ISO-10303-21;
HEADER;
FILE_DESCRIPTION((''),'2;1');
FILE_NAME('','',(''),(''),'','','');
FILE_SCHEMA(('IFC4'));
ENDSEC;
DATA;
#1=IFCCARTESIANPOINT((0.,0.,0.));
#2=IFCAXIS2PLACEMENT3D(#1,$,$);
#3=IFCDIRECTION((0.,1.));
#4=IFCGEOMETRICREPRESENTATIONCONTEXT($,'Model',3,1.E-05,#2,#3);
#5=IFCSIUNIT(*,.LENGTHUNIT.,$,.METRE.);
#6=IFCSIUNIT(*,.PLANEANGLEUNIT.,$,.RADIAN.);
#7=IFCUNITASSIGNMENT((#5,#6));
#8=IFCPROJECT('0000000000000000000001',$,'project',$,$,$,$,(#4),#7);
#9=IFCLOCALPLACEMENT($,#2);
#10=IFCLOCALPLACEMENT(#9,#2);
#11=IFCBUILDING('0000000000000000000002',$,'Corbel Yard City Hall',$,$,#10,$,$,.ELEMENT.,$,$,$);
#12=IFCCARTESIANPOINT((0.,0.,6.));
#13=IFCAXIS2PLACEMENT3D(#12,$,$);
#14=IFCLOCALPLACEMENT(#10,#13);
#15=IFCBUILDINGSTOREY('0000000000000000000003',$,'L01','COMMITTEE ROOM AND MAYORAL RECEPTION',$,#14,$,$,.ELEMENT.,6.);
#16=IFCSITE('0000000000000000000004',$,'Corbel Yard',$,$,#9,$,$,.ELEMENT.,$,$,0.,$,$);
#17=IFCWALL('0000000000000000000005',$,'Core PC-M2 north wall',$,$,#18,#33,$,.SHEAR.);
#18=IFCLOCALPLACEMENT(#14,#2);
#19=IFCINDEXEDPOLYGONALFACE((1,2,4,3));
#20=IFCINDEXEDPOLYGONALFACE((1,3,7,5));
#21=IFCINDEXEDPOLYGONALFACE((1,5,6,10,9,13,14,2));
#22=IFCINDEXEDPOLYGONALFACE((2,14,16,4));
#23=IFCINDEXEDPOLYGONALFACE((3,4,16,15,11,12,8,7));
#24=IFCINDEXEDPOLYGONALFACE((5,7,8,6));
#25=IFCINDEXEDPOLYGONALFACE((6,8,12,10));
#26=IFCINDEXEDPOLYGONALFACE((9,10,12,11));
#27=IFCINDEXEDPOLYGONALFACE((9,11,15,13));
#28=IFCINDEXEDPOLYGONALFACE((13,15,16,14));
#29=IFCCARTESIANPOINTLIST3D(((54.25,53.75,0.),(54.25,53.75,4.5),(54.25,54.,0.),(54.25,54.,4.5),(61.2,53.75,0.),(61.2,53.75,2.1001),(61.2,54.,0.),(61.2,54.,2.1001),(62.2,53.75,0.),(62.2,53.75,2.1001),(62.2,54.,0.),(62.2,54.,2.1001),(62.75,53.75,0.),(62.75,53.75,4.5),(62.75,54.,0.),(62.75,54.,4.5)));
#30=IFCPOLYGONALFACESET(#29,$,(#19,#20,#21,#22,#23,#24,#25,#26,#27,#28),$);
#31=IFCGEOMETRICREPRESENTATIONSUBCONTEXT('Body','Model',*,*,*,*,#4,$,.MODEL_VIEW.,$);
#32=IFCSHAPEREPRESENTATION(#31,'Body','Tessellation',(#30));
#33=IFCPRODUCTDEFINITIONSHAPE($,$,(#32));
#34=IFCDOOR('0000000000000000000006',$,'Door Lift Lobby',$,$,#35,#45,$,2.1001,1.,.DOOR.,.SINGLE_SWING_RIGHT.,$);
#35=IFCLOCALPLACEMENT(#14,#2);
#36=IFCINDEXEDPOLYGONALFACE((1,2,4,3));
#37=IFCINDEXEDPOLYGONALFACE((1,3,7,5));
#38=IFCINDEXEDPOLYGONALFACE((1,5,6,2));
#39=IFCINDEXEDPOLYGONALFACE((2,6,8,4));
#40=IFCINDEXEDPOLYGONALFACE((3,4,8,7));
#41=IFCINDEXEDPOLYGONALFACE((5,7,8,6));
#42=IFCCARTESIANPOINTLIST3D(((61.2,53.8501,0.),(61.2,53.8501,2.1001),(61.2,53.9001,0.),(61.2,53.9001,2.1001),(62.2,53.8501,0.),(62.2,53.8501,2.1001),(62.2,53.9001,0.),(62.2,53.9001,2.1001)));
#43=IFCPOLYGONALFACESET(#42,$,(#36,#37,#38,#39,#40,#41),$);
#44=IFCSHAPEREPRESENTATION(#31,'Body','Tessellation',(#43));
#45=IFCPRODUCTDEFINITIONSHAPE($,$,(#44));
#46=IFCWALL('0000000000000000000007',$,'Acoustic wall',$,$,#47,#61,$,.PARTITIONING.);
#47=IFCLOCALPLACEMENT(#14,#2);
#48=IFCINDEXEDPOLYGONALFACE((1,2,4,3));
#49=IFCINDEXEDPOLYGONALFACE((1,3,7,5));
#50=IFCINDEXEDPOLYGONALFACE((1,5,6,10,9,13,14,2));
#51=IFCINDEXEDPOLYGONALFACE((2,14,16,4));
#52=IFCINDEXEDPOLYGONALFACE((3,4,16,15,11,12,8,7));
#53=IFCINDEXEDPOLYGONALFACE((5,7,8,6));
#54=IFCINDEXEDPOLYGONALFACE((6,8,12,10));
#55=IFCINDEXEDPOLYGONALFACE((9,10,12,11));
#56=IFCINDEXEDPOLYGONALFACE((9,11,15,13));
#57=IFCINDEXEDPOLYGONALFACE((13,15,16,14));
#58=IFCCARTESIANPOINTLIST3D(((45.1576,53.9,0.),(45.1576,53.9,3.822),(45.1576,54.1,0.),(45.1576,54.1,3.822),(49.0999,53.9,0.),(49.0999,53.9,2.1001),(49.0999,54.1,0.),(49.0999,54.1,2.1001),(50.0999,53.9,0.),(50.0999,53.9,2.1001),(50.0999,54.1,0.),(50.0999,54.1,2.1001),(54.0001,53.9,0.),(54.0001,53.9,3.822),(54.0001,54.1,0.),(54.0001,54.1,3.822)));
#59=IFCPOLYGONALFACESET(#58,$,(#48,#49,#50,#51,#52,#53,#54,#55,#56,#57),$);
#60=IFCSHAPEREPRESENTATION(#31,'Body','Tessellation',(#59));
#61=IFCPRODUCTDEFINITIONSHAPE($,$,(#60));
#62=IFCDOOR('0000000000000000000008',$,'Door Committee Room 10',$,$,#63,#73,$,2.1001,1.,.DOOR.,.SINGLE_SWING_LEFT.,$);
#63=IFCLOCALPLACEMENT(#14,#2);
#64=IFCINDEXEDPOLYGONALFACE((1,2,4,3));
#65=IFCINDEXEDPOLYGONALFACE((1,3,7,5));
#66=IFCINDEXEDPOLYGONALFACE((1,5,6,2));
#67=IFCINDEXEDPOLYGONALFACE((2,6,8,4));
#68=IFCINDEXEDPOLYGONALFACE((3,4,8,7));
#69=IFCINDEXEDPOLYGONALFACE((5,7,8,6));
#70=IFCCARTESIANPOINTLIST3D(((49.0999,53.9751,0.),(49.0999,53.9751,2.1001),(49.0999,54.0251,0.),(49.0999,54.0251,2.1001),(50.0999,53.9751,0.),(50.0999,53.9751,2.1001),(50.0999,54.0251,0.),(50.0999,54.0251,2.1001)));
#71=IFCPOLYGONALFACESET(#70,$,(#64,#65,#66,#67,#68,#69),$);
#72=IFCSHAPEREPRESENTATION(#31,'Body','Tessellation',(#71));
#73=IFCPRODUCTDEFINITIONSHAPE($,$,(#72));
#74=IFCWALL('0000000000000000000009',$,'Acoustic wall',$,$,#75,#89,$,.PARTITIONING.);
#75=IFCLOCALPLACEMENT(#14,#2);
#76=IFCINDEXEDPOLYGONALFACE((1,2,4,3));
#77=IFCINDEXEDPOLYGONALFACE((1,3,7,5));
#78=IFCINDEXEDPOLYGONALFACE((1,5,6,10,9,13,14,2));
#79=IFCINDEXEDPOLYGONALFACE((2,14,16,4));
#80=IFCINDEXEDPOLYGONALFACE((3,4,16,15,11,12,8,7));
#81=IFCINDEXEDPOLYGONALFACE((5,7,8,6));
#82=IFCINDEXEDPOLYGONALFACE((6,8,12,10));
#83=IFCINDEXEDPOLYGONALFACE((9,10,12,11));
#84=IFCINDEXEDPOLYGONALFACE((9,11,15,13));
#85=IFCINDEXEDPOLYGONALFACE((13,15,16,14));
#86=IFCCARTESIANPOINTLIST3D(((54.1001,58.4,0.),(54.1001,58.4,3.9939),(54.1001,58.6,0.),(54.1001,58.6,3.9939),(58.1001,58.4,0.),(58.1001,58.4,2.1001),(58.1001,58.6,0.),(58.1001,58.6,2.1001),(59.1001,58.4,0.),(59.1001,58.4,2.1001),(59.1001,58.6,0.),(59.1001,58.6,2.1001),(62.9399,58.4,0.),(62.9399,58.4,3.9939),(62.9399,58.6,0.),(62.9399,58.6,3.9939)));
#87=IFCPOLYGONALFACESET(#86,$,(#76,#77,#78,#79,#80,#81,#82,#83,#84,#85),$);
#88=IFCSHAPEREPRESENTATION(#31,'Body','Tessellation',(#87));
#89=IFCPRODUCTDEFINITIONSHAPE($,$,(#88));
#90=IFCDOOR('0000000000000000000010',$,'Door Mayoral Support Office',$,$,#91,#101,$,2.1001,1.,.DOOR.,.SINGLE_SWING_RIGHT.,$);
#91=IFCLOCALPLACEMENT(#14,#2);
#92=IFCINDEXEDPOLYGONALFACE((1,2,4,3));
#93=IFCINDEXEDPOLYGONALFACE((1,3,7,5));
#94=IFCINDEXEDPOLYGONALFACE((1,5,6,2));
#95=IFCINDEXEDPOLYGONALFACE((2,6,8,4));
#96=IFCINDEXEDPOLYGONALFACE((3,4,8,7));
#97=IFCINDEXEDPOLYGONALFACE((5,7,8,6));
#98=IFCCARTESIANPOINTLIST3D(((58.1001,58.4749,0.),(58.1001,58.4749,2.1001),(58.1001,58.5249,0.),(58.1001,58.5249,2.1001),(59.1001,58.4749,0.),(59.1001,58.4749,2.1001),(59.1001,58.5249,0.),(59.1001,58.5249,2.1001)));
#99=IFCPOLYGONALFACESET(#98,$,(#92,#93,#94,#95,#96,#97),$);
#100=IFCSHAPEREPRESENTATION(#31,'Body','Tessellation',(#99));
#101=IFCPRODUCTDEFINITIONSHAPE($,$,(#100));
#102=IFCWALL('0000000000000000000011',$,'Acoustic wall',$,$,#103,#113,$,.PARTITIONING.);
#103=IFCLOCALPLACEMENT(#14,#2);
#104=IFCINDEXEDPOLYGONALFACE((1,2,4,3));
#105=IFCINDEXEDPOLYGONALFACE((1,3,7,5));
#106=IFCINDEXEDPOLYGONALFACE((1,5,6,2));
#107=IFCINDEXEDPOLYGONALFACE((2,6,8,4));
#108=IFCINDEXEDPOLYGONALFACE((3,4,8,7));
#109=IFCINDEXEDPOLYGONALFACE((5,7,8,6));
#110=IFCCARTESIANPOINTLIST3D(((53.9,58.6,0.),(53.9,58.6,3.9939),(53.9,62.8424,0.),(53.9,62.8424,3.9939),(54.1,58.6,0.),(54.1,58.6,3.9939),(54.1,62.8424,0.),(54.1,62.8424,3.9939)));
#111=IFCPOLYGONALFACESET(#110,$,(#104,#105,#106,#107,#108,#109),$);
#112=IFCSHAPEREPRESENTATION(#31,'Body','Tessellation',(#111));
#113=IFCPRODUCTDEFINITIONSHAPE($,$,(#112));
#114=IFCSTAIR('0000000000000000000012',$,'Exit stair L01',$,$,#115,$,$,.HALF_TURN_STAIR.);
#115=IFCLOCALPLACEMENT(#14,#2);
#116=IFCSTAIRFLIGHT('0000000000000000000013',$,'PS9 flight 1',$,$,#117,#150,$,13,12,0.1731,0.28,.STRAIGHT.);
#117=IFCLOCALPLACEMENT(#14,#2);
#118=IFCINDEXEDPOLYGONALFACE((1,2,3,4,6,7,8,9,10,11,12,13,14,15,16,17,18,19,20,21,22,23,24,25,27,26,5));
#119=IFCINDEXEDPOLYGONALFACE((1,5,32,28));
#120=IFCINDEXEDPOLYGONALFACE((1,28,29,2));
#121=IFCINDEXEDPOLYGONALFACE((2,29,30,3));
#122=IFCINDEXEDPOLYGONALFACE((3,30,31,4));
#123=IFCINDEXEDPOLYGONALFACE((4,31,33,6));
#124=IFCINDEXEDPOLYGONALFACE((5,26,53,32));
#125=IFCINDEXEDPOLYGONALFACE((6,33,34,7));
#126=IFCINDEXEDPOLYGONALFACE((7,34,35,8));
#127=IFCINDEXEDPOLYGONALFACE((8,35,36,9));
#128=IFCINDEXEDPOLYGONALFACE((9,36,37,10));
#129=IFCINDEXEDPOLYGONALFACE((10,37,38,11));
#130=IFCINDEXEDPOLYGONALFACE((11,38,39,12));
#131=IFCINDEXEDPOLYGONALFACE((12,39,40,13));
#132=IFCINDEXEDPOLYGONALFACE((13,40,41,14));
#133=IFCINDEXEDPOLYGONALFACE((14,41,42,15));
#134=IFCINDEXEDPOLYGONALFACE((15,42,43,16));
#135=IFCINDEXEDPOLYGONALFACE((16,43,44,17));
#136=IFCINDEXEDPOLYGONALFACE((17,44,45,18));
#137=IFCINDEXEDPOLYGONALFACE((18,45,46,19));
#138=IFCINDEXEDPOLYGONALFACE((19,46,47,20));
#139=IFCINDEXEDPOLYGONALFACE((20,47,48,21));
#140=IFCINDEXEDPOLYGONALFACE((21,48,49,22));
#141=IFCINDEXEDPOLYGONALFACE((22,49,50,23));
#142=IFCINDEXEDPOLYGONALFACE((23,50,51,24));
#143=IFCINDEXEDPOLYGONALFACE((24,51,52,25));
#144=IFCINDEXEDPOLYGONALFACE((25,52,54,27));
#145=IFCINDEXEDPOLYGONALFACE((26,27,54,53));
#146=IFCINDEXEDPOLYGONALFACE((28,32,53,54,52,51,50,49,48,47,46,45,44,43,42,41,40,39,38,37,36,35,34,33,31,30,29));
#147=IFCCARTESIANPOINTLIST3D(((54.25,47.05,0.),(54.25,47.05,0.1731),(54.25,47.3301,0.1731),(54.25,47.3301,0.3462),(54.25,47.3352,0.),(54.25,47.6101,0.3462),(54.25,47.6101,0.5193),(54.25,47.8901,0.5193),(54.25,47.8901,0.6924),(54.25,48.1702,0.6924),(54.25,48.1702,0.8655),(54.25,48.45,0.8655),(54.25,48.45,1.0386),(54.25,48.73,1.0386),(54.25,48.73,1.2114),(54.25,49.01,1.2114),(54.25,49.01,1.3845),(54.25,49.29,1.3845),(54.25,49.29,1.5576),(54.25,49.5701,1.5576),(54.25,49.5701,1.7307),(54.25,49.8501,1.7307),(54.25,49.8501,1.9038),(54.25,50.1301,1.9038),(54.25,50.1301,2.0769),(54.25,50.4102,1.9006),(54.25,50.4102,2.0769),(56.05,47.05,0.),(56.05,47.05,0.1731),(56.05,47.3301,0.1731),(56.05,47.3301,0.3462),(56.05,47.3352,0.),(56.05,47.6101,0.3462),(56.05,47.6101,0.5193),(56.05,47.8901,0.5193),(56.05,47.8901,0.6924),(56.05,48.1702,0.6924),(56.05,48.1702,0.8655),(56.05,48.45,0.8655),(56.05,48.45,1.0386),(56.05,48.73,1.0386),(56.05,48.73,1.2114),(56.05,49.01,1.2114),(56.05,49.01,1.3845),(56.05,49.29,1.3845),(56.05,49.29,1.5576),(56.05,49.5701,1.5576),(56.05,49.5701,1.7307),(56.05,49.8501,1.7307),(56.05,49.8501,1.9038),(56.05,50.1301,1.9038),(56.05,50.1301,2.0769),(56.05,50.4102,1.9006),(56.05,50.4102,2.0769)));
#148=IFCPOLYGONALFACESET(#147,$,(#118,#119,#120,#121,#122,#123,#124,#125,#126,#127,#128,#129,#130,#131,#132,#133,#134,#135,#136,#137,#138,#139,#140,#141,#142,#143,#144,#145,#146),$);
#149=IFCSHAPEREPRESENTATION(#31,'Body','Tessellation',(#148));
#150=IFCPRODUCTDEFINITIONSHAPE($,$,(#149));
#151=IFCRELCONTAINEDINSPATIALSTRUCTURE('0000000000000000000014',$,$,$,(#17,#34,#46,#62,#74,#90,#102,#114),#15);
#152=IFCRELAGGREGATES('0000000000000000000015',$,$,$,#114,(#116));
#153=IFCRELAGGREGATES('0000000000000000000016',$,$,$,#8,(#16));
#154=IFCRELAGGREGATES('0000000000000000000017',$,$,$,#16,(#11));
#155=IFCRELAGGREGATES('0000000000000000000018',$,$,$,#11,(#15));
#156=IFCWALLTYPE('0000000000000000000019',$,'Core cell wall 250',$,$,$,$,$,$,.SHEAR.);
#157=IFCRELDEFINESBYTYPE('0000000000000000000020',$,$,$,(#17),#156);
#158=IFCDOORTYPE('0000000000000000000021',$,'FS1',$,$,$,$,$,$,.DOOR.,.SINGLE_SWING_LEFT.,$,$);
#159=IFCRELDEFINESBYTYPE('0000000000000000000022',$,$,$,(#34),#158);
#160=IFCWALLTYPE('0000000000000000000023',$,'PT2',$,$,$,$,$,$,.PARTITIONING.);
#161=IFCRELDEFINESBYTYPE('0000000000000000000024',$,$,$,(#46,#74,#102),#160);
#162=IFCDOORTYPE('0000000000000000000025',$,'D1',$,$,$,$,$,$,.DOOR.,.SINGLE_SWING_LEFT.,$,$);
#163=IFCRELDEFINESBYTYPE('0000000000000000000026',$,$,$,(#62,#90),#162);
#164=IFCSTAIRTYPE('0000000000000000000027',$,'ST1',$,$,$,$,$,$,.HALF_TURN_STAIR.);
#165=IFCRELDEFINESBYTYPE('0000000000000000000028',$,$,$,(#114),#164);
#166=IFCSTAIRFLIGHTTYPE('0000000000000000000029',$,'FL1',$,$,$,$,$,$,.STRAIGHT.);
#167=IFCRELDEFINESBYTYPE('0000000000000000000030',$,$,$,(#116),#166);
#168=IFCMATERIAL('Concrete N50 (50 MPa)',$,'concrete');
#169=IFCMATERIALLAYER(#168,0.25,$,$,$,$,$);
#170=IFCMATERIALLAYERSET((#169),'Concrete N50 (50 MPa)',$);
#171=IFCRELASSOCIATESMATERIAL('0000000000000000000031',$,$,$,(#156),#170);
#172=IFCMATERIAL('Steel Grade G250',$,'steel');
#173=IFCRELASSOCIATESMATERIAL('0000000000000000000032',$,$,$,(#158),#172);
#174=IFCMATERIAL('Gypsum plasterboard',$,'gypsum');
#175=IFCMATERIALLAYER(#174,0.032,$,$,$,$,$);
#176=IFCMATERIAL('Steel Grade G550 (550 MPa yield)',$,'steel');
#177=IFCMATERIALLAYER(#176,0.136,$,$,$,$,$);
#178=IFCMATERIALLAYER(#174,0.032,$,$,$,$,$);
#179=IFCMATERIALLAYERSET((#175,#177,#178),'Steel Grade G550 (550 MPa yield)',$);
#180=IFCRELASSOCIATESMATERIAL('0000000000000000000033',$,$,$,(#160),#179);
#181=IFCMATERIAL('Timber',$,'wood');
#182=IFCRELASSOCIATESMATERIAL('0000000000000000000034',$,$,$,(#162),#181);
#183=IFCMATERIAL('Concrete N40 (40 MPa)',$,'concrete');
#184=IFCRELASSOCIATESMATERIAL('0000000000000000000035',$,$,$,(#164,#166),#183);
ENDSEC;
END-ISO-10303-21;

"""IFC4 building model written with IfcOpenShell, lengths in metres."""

from ifc_helpers import new_model, si_unit, direction, frame, frame_2d, origin, place, context, subcontext, project, spatial, polyline, rectangle, outline, extrude, material, layer, layer_set, type_object, element, fill, aggregate, save


model = new_model("IFC4")

# Units and contexts
model_context = context("Model", 3, precision=1e-05, world=origin(), true_north=direction((0.0, 1.0)))
body_context = subcontext(model_context, "Body", "Model", "MODEL_VIEW")
ifc_project = project(units=[si_unit("LENGTHUNIT", "METRE"), si_unit("PLANEANGLEUNIT", "RADIAN")], contexts=[model_context])

# Site, building, storey
site_placement = place(None, origin())
site = spatial("IfcSite", under=ifc_project, at=site_placement, Name="Corbel Yard", CompositionType="ELEMENT", RefElevation=0.0)
building_placement = place(site_placement, origin())
building = spatial("IfcBuilding", under=site, at=building_placement, Name="Corbel Yard City Hall", CompositionType="ELEMENT")
storey_placement = place(building_placement, frame((0.0, 0.0, 6.0)))
storey = spatial("IfcBuildingStorey", under=building, at=storey_placement, Name="L01", Description="COMMITTEE ROOM AND MAYORAL RECEPTION", CompositionType="ELEMENT", Elevation=6.0)

# Shared definitions
ifc_material_1 = material(Name="Concrete N50 (50 MPa)", Category="concrete")
ifc_layer_1 = layer(ifc_material_1, 0.25)
ifc_layer_set_1 = layer_set([ifc_layer_1], Name="Concrete N50 (50 MPa)")
wall_type_1 = type_object("IfcWallType", Name="Core cell wall 250", PredefinedType="SHEAR", material=ifc_layer_set_1)

# Walls, openings, doors
wall_1_placement = place(storey_placement, frame((54.25, 53.875, 0.0), z_axis=(0.0, 0.0, 1.0), x_axis=(1.0, 0.0, 0.0)))
wall_1 = element("IfcWall", 1, at=wall_1_placement, inside=storey, type_object=wall_type_1, Name="Core PC-M2 north wall", PredefinedType="SHEAR", context=body_context, shape_type="SweptSolid", body=[
    extrude(rectangle(XDim=8.5, YDim=0.25, at=frame_2d((4.25, 0.0))), origin(), (0.0, 0.0, 1.0), 4.5),
])
opening_1_placement = place(wall_1_placement, frame((6.95, 0.0, 0.0)))
opening_1 = element("IfcOpeningElement", 2, at=opening_1_placement, cuts=wall_1, PredefinedType="OPENING", context=body_context, shape_type="SweptSolid", body=[
    extrude(rectangle(XDim=1.0, YDim=2.1001, at=frame_2d((0.5, 1.05))), frame((0.0, 0.135, 0.0), z_axis=(0.0, -1.0, 0.0), x_axis=(1.0, 0.0, 0.0)), (0.0, 0.0, 1.0), 0.27),
])
ifc_material_2 = material(Name="Steel Grade G250", Category="steel")
door_type_1 = type_object("IfcDoorType", Name="FS1", OperationType="SINGLE_SWING_LEFT", PredefinedType="DOOR", material=ifc_material_2)
door_1_placement = place(opening_1_placement, frame((1.0, 0.0, 0.0), z_axis=(0.0, 0.0, 1.0), x_axis=(-1.0, 0.0, 0.0)))
door_1 = element("IfcDoor", 3, at=door_1_placement, inside=storey, type_object=door_type_1, Name="Door Lift Lobby", OperationType="SINGLE_SWING_RIGHT", OverallHeight=2.1001, OverallWidth=1.0, PredefinedType="DOOR", context=body_context, shape_type="SweptSolid", body=[
    extrude(rectangle(XDim=1.0, YDim=2.1001, at=frame_2d((0.5, 1.05))), frame((0.0, 0.0249, 0.0), z_axis=(0.0, -1.0, 0.0), x_axis=(1.0, 0.0, 0.0)), (0.0, 0.0, 1.0), 0.05),
])
fill(opening_1, door_1)
ifc_material_3 = material(Name="Gypsum plasterboard", Category="gypsum")
ifc_layer_2 = layer(ifc_material_3, 0.032)
ifc_material_4 = material(Name="Steel Grade G550 (550 MPa yield)", Category="steel")
ifc_layer_3 = layer(ifc_material_4, 0.136)
ifc_layer_4 = layer(ifc_material_3, 0.032)
ifc_layer_set_2 = layer_set([ifc_layer_2, ifc_layer_3, ifc_layer_4], Name="Steel Grade G550 (550 MPa yield)")
wall_type_2 = type_object("IfcWallType", Name="PT2", PredefinedType="PARTITIONING", material=ifc_layer_set_2)
wall_2_placement = place(storey_placement, frame((45.1575, 54.0, 0.0), z_axis=(0.0, 0.0, 1.0), x_axis=(1.0, 0.0, 0.0)))
wall_2 = element("IfcWall", 4, at=wall_2_placement, inside=storey, type_object=wall_type_2, Name="Acoustic wall", PredefinedType="PARTITIONING", context=body_context, shape_type="SweptSolid", body=[
    extrude(rectangle(XDim=8.8425, YDim=0.2, at=frame_2d((4.4214, 0.0))), origin(), (0.0, 0.0, 1.0), 3.822),
])
opening_2_placement = place(wall_2_placement, frame((3.9424, 0.0, 0.0)))
opening_2 = element("IfcOpeningElement", 5, at=opening_2_placement, cuts=wall_2, PredefinedType="OPENING", context=body_context, shape_type="SweptSolid", body=[
    extrude(rectangle(XDim=1.0, YDim=2.1001, at=frame_2d((0.5, 1.05))), frame((0.0, 0.1099, 0.0), z_axis=(0.0, -1.0, 0.0), x_axis=(1.0, 0.0, 0.0)), (0.0, 0.0, 1.0), 0.22),
])
ifc_material_5 = material(Name="Timber", Category="wood")
door_type_2 = type_object("IfcDoorType", Name="D1", OperationType="SINGLE_SWING_LEFT", PredefinedType="DOOR", material=ifc_material_5)
door_2_placement = place(opening_2_placement, frame((1.0, 0.0, 0.0), z_axis=(0.0, 0.0, 1.0), x_axis=(-1.0, 0.0, 0.0)))
door_2 = element("IfcDoor", 6, at=door_2_placement, inside=storey, type_object=door_type_2, Name="Door Committee Room 10", OperationType="SINGLE_SWING_LEFT", OverallHeight=2.1001, OverallWidth=1.0, PredefinedType="DOOR", context=body_context, shape_type="SweptSolid", body=[
    extrude(rectangle(XDim=1.0, YDim=2.1001, at=frame_2d((0.5, 1.05))), frame((0.0, 0.0249, 0.0), z_axis=(0.0, -1.0, 0.0), x_axis=(1.0, 0.0, 0.0)), (0.0, 0.0, 1.0), 0.05),
])
fill(opening_2, door_2)
wall_3_placement = place(storey_placement, frame((54.1001, 58.5, 0.0), z_axis=(0.0, 0.0, 1.0), x_axis=(1.0, 0.0, 0.0)))
wall_3 = element("IfcWall", 7, at=wall_3_placement, inside=storey, type_object=wall_type_2, Name="Acoustic wall", PredefinedType="PARTITIONING", context=body_context, shape_type="SweptSolid", body=[
    extrude(rectangle(XDim=8.8398, YDim=0.2, at=frame_2d((4.4199, 0.0))), origin(), (0.0, 0.0, 1.0), 3.9939),
])
opening_3_placement = place(wall_3_placement, frame((4.0, 0.0, 0.0)))
opening_3 = element("IfcOpeningElement", 8, at=opening_3_placement, cuts=wall_3, PredefinedType="OPENING", context=body_context, shape_type="SweptSolid", body=[
    extrude(rectangle(XDim=1.0, YDim=2.1001, at=frame_2d((0.5, 1.05))), frame((0.0, 0.1099, 0.0), z_axis=(0.0, -1.0, 0.0), x_axis=(1.0, 0.0, 0.0)), (0.0, 0.0, 1.0), 0.22),
])
door_3_placement = place(opening_3_placement, origin())
door_3 = element("IfcDoor", 9, at=door_3_placement, inside=storey, type_object=door_type_2, Name="Door Mayoral Support Office", OperationType="SINGLE_SWING_RIGHT", OverallHeight=2.1001, OverallWidth=1.0, PredefinedType="DOOR", context=body_context, shape_type="SweptSolid", body=[
    extrude(rectangle(XDim=1.0, YDim=2.1001, at=frame_2d((0.5, 1.05))), frame((0.0, 0.0249, 0.0), z_axis=(0.0, -1.0, 0.0), x_axis=(1.0, 0.0, 0.0)), (0.0, 0.0, 1.0), 0.05),
])
fill(opening_3, door_3)

# Wall
wall_4_placement = place(storey_placement, frame((54.0, 58.6001, 0.0), z_axis=(0.0, 0.0, 1.0), x_axis=(0.0, 1.0, 0.0)))
element("IfcWall", 10, at=wall_4_placement, inside=storey, type_object=wall_type_2, Name="Acoustic wall", PredefinedType="PARTITIONING", context=body_context, shape_type="SweptSolid", body=[
    extrude(rectangle(XDim=4.2424, YDim=0.2, at=frame_2d((2.1211, 0.0))), origin(), (0.0, 0.0, 1.0), 3.9939),
])

# Stair, stair flight
ifc_material_6 = material(Name="Concrete N40 (40 MPa)", Category="concrete")
stair_type = type_object("IfcStairType", Name="ST1", PredefinedType="HALF_TURN_STAIR", material=ifc_material_6)
stair_placement = place(storey_placement, origin())
stair = element("IfcStair", 11, at=stair_placement, inside=storey, type_object=stair_type, Name="Exit stair L01", PredefinedType="HALF_TURN_STAIR")
stair_flight_type = type_object("IfcStairFlightType", Name="FL1", PredefinedType="STRAIGHT", material=ifc_material_6)
stair_flight_placement = place(storey_placement, frame((55.1499, 47.05, 0.0), z_axis=(0.0, 0.0, 1.0), x_axis=(0.0, 1.0, 0.0)))
stair_flight = element("IfcStairFlight", 12, at=stair_flight_placement, type_object=stair_flight_type, Name="PS9 flight 1", NumberOfRisers=13, NumberOfTreads=12, PredefinedType="STRAIGHT", RiserHeight=0.1731, TreadLength=0.28, context=body_context, shape_type="SweptSolid", body=[
    extrude(outline(polyline([(0.0, 0.0), (0.0, 0.1731), (0.28, 0.1731), (0.28, 0.3462), (0.5601, 0.3462), (0.5601, 0.5193), (0.8401, 0.5193), (0.8401, 0.6924), (1.1201, 0.6924), (1.1201, 0.8655), (1.3999, 0.8655), (1.3999, 1.0386), (1.6799, 1.0386), (1.6799, 1.2114), (1.96, 1.2114), (1.96, 1.3845), (2.24, 1.3845), (2.24, 1.5576), (2.52, 1.5576), (2.52, 1.7307), (2.8, 1.7307), (2.8, 1.9038), (3.0801, 1.9038), (3.0801, 2.0769), (3.3601, 2.0769), (3.3601, 2.25), (3.3601, 1.9006), (0.2852, 0.0), (0.0, 0.0)])), frame((0.0, 0.8999, 0.0), z_axis=(0.0, -1.0, 0.0), x_axis=(1.0, 0.0, 0.0)), (0.0, 0.0, 1.0), 1.8),
])
aggregate(stair, [stair_flight])

save(model, "model.ifc")
